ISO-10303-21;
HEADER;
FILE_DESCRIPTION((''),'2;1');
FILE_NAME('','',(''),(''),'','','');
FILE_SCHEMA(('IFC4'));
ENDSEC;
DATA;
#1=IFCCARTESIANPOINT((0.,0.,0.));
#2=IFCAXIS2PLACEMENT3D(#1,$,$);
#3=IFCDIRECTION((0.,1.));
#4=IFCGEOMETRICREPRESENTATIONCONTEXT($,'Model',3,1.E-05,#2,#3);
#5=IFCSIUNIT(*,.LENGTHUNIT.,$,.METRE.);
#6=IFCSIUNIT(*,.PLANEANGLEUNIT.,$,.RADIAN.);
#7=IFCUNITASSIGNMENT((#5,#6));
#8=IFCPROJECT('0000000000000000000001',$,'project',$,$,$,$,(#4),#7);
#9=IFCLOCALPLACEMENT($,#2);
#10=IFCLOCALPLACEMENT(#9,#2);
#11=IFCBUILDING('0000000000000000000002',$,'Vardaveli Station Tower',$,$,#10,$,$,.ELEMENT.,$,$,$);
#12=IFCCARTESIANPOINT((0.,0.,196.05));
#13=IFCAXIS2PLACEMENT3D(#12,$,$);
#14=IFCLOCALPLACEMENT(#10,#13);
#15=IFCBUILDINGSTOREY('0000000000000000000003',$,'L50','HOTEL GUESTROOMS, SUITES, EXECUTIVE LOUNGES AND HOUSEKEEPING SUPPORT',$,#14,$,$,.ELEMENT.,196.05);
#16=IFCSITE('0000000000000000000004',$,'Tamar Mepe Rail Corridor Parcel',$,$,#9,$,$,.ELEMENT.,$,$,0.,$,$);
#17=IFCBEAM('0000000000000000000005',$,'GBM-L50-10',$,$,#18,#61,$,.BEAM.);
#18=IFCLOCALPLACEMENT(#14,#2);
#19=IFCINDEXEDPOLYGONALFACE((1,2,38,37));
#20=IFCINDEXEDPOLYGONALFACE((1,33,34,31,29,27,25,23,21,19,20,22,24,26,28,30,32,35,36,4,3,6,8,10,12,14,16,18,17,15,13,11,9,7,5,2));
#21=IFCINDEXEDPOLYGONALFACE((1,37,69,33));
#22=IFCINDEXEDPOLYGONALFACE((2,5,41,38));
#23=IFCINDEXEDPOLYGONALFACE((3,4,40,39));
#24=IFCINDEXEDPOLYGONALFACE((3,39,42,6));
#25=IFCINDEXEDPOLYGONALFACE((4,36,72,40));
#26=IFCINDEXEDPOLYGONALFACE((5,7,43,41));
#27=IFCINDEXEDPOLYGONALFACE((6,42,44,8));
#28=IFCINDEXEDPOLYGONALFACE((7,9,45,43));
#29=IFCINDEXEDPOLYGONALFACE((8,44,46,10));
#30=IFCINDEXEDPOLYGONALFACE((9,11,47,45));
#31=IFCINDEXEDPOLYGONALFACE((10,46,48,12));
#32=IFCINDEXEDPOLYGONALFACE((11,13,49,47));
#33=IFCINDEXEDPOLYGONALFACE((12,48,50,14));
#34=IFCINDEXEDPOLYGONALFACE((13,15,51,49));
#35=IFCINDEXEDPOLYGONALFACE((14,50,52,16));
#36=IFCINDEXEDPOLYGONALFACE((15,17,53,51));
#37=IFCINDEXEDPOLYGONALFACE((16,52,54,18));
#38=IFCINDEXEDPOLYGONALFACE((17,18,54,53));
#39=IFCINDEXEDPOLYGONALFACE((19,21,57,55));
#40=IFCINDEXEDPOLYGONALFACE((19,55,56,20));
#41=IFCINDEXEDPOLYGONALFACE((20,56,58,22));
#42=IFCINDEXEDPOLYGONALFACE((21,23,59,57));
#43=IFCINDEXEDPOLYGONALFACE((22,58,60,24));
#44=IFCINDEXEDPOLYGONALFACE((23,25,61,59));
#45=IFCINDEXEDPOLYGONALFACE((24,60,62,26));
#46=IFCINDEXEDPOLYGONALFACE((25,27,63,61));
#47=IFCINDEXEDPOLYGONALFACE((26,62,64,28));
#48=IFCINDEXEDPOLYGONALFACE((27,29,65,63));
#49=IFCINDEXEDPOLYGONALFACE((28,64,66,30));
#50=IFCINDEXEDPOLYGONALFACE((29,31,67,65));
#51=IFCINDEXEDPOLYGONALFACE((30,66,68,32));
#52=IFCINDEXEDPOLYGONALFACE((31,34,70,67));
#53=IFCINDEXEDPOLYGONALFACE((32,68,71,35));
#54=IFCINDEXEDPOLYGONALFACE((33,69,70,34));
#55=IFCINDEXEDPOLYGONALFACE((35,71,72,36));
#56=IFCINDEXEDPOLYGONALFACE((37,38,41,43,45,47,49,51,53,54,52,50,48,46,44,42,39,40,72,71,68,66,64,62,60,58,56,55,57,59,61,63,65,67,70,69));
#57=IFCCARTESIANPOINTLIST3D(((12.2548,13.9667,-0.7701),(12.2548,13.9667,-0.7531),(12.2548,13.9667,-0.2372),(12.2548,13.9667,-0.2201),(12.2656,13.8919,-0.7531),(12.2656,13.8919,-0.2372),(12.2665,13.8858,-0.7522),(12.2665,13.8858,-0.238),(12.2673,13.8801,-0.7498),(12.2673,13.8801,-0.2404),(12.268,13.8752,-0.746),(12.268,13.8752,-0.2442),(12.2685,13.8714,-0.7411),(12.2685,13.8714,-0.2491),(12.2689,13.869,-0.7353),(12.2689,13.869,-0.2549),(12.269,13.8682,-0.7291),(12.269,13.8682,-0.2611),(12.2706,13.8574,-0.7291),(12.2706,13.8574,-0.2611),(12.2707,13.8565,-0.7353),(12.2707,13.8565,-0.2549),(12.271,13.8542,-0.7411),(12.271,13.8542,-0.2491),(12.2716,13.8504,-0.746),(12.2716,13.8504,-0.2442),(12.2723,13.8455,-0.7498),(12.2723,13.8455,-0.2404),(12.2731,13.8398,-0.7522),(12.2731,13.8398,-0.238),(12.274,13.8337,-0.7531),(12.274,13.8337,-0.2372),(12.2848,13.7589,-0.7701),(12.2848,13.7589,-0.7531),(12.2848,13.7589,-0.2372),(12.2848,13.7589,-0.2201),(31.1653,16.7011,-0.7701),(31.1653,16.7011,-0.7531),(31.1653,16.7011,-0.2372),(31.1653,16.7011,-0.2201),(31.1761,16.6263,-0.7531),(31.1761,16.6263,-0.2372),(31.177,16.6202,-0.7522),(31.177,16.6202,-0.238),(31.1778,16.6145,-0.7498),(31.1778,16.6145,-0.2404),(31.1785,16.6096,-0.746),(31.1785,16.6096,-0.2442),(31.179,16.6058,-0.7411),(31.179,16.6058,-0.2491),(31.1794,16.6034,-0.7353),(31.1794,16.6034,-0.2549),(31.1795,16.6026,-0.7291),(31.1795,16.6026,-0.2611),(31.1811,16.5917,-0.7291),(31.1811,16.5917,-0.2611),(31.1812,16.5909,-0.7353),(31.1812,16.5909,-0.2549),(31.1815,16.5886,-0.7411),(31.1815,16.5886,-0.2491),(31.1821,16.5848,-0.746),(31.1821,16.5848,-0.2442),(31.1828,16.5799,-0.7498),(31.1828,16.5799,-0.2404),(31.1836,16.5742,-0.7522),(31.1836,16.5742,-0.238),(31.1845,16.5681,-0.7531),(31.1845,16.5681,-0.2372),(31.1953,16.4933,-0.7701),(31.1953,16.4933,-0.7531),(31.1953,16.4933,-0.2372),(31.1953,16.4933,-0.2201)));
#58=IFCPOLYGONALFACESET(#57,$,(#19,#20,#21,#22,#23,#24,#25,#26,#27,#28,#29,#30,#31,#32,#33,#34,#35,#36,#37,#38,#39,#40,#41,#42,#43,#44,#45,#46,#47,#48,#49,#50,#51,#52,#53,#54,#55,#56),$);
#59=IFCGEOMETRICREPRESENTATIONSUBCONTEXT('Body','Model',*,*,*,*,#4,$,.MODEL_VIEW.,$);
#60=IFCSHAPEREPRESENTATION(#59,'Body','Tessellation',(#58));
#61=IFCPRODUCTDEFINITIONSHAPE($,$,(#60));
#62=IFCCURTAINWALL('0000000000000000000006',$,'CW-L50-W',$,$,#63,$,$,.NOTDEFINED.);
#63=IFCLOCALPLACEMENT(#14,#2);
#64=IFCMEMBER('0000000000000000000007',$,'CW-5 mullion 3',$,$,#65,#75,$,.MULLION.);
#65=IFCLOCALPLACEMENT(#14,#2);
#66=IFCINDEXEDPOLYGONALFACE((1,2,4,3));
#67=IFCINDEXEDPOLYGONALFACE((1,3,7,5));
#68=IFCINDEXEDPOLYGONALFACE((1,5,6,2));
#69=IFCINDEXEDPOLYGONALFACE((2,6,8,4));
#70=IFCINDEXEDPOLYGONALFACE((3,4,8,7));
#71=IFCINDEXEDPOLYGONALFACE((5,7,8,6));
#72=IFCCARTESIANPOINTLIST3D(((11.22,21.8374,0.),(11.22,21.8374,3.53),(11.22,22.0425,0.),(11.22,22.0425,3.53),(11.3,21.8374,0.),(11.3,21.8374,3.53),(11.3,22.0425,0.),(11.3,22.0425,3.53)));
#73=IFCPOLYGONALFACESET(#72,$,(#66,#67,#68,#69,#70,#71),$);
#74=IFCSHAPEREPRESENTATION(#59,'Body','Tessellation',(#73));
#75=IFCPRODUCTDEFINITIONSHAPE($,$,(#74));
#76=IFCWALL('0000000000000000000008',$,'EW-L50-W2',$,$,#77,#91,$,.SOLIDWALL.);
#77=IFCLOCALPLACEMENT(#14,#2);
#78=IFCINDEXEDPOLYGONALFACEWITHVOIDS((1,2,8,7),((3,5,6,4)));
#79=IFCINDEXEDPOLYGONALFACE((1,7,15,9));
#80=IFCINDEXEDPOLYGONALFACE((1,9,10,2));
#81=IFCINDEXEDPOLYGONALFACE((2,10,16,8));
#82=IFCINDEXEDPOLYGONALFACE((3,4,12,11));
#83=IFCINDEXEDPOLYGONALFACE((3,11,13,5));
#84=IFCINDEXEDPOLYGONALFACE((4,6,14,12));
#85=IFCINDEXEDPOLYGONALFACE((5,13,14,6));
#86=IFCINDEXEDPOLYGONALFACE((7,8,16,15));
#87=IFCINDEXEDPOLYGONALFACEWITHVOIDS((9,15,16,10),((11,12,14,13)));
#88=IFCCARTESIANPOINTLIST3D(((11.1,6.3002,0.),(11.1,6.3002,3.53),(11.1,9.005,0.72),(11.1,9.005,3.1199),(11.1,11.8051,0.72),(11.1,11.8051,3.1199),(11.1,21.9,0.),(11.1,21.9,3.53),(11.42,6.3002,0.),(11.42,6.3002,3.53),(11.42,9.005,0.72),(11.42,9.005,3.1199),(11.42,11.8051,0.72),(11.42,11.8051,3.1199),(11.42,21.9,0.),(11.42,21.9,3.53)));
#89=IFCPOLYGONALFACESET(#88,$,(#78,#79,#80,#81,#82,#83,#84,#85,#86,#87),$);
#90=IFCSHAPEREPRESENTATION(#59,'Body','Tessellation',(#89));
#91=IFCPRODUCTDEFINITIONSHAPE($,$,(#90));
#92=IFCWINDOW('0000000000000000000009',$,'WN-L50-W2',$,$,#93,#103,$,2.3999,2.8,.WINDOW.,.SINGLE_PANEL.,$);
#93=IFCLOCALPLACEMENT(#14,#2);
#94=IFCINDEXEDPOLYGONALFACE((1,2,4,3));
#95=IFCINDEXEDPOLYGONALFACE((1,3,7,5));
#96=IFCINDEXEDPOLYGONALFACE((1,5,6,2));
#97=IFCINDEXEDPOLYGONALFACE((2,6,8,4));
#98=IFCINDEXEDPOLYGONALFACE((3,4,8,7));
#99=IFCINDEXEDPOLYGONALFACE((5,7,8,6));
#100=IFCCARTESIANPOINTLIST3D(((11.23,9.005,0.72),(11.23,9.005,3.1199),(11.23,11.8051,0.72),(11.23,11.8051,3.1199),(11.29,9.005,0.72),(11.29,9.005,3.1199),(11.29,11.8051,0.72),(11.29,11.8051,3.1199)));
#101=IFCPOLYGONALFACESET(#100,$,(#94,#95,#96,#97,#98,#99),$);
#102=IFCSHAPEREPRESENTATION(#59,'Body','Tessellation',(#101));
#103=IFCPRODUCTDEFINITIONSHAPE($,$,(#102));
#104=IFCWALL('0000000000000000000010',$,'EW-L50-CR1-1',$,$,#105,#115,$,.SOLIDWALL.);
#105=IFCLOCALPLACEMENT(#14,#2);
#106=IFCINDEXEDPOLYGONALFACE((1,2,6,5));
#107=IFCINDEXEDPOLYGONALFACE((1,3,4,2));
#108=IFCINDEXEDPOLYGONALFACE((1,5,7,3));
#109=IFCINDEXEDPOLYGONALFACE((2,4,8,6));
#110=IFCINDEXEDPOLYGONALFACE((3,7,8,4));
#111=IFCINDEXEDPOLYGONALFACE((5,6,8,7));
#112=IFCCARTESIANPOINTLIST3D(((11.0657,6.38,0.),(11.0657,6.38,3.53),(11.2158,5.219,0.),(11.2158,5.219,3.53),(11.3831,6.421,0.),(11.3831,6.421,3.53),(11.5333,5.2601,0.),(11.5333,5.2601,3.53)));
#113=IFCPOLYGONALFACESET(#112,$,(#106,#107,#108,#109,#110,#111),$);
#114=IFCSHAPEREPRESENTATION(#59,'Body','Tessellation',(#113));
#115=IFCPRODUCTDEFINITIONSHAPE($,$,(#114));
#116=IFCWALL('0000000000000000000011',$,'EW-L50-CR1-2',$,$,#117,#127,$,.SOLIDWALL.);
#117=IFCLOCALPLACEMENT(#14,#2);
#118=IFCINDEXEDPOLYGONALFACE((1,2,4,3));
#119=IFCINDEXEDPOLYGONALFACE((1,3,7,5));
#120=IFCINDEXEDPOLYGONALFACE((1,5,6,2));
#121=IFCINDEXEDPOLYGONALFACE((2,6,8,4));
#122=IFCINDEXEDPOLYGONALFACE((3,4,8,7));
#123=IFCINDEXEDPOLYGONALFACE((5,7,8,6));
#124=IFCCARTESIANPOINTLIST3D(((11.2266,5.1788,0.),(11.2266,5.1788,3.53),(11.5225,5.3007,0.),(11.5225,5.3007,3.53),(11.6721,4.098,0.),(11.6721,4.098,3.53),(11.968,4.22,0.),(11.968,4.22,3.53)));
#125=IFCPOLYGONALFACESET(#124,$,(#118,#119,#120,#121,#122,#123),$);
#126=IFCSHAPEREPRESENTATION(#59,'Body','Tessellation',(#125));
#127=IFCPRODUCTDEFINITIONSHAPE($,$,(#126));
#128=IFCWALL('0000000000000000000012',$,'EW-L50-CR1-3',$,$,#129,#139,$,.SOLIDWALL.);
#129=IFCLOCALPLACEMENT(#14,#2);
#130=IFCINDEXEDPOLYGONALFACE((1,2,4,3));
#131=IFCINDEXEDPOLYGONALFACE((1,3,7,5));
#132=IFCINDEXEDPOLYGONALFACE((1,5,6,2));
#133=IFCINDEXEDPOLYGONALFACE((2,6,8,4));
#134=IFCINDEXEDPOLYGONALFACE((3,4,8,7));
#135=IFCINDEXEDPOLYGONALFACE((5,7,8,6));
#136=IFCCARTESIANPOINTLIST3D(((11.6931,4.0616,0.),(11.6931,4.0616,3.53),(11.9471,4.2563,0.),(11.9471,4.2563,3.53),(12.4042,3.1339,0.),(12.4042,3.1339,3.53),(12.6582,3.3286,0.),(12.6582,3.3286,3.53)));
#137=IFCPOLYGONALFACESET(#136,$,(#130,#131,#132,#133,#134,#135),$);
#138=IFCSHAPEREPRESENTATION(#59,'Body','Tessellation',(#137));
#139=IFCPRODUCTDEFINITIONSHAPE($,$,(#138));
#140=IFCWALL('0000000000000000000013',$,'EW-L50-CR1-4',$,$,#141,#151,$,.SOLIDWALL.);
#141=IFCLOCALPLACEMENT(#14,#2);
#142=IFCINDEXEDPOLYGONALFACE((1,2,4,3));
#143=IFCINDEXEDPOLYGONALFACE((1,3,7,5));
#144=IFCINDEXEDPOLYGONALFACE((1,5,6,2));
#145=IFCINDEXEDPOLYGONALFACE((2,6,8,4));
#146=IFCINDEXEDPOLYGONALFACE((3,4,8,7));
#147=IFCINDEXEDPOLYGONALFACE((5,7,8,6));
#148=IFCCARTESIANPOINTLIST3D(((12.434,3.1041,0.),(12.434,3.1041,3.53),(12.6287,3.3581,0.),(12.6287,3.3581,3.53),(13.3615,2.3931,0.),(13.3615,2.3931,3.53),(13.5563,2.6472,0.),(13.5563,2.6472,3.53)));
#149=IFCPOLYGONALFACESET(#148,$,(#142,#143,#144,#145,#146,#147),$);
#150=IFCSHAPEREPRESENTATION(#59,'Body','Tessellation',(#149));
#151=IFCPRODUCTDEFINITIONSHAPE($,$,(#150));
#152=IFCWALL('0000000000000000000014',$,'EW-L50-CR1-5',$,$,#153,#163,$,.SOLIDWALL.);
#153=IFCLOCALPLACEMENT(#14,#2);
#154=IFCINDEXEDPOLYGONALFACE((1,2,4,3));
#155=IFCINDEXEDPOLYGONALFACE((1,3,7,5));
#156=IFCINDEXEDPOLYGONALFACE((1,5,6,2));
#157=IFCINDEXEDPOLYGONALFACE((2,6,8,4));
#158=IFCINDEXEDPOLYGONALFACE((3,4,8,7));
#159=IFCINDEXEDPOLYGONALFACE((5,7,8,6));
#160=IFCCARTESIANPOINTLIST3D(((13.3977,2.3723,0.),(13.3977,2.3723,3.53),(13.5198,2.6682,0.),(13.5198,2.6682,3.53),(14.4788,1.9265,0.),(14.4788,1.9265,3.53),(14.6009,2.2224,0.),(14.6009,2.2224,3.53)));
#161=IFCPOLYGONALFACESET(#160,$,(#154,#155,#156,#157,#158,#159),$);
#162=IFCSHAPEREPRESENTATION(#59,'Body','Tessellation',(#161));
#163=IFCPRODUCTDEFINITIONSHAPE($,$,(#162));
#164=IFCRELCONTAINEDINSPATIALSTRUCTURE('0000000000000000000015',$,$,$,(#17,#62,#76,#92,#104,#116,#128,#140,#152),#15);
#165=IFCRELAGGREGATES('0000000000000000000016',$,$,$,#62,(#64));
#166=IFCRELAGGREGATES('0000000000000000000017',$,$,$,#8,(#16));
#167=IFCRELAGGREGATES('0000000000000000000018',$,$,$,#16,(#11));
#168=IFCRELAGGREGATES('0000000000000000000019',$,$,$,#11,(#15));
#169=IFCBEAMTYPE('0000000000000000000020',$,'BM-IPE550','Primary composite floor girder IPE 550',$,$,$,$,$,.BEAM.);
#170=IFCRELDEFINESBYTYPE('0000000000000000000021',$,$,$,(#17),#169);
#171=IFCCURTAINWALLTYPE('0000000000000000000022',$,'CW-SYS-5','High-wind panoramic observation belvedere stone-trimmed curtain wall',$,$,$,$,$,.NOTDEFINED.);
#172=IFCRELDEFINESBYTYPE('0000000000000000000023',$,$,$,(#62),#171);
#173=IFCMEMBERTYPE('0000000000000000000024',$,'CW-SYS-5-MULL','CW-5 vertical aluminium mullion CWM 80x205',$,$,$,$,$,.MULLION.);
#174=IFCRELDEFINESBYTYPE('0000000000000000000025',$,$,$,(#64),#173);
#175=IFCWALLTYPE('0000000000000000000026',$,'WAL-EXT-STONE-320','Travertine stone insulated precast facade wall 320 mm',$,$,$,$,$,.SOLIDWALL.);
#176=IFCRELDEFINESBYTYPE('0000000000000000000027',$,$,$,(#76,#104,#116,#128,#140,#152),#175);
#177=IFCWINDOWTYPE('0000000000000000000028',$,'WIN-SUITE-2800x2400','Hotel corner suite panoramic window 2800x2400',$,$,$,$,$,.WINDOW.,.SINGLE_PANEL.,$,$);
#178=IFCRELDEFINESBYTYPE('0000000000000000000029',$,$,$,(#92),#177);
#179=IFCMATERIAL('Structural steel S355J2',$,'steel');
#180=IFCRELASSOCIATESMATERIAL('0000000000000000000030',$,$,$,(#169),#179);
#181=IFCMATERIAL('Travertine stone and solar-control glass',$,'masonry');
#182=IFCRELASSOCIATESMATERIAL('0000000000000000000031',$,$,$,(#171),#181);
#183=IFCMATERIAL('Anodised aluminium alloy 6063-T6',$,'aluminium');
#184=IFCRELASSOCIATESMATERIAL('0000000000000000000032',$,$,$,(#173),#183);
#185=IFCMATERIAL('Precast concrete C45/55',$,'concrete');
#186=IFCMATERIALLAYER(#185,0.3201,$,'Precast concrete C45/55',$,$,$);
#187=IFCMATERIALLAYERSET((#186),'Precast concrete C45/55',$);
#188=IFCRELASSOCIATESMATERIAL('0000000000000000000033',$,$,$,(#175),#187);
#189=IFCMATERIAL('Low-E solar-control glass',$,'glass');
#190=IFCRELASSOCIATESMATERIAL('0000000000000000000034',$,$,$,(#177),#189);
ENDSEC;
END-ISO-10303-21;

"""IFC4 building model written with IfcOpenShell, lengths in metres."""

from ifc_helpers import new_model, si_unit, direction, frame, frame_2d, origin, origin_2d, place, context, subcontext, project, spatial, rectangle, i_section, extrude, source, transform, mapped, material, layer, layer_set, material_profile, profile_set, type_object, element, fill, aggregate, save


model = new_model("IFC4")

# Units and contexts
model_context = context("Model", 3, precision=1e-05, world=origin(), true_north=direction((0.0, 1.0)))
body_context = subcontext(model_context, "Body", "Model", "MODEL_VIEW")
ifc_project = project(units=[si_unit("LENGTHUNIT", "METRE"), si_unit("PLANEANGLEUNIT", "RADIAN")], contexts=[model_context])

# Site, building, storey
site_placement = place(None, origin())
site = spatial("IfcSite", under=ifc_project, at=site_placement, Name="Tamar Mepe Rail Corridor Parcel", CompositionType="ELEMENT", RefElevation=0.0)
building_placement = place(site_placement, origin())
building = spatial("IfcBuilding", under=site, at=building_placement, Name="Vardaveli Station Tower", CompositionType="ELEMENT")
storey_placement = place(building_placement, frame((0.0, 0.0, 196.05)))
storey = spatial("IfcBuildingStorey", under=building, at=storey_placement, Name="L50", Description="HOTEL GUESTROOMS, SUITES, EXECUTIVE LOUNGES AND HOUSEKEEPING SUPPORT", CompositionType="ELEMENT", Elevation=196.05)

# Beam
ifc_material_1 = material(Name="Precast concrete C45/55", Category="concrete")
ifc_material_2 = material(Name="Structural steel S355J2", Category="steel")
ifc_material_profile_1 = material_profile(ifc_material_2, i_section(OverallWidth=0.21, OverallDepth=0.55, WebThickness=0.011, FlangeThickness=0.0171, FilletRadius=0.0239, at=origin_2d()), Name="IPE 550")
ifc_profile_set_1 = profile_set([ifc_material_profile_1], Name="Structural steel S355J2")
beam_type_1 = type_object("IfcBeamType", Name="BM-IPE550", Description="Primary composite floor girder IPE 550", PredefinedType="BEAM", material=ifc_profile_set_1)
shared_shape_1 = source(origin(), body_context, "Body", "SweptSolid", [
    extrude(i_section(OverallWidth=0.21, OverallDepth=0.55, WebThickness=0.011, FlangeThickness=0.0171, FilletRadius=0.0239, at=origin_2d()), origin(), (0.0, 0.0, 1.0), 19.1072),
])
beam_1_placement = place(storey_placement, frame((12.2698, 13.8628, -0.4951), z_axis=(0.989707, 0.143108, 0.0), x_axis=(-0.143108, 0.989707, 0.0)))
element("IfcBeam", 1, at=beam_1_placement, inside=storey, type_object=beam_type_1, Name="GBM-L50-10", PredefinedType="BEAM", context=body_context, shape_type="MappedRepresentation", body=[
    mapped(shared_shape_1, transform((0.0, 0.0, 0.0), scale=1.0)),
])

# Curtain wall, member
ifc_material_3 = material(Name="Travertine stone and solar-control glass", Category="masonry")
curtain_wall_type = type_object("IfcCurtainWallType", Name="CW-SYS-5", Description="High-wind panoramic observation belvedere stone-trimmed curtain wall", PredefinedType="NOTDEFINED", material=ifc_material_3)
curtain_wall_placement = place(storey_placement, origin())
curtain_wall = element("IfcCurtainWall", 2, at=curtain_wall_placement, inside=storey, type_object=curtain_wall_type, Name="CW-L50-W", PredefinedType="NOTDEFINED")
ifc_material_4 = material(Name="Anodised aluminium alloy 6063-T6", Category="aluminium")
ifc_material_profile_2 = material_profile(ifc_material_4, rectangle(XDim=0.0801, YDim=0.2051, at=origin_2d()), Name="CWM 80x205")
ifc_profile_set_2 = profile_set([ifc_material_profile_2], Name="Anodised aluminium alloy 6063-T6")
member_type = type_object("IfcMemberType", Name="CW-SYS-5-MULL", Description="CW-5 vertical aluminium mullion CWM 80x205", PredefinedType="MULLION", material=ifc_profile_set_2)
shared_shape_2 = source(origin(), body_context, "Body", "SweptSolid", [
    extrude(rectangle(XDim=0.0801, YDim=0.2051, at=origin_2d()), origin(), (0.0, 0.0, 1.0), 3.53),
])
member_placement = place(storey_placement, frame((11.26, 21.9399, 0.0), z_axis=(0.0, 0.0, 1.0), x_axis=(1.0, 0.0, 0.0)))
member = element("IfcMember", 3, at=member_placement, type_object=member_type, Name="CW-5 mullion 3", PredefinedType="MULLION", context=body_context, shape_type="MappedRepresentation", body=[
    mapped(shared_shape_2, transform((0.0, 0.0, 0.0), scale=1.0)),
])
aggregate(curtain_wall, [member])

# Wall, opening, window
ifc_layer_1 = layer(ifc_material_1, 0.3201, Name="Precast concrete C45/55")
ifc_layer_set_1 = layer_set([ifc_layer_1], Name="Precast concrete C45/55")
wall_type_1 = type_object("IfcWallType", Name="WAL-EXT-STONE-320", Description="Travertine stone insulated precast facade wall 320 mm", PredefinedType="SOLIDWALL", material=ifc_layer_set_1)
shared_shape_3 = source(origin(), body_context, "Body", "SweptSolid", [
    extrude(rectangle(XDim=15.5999, YDim=0.3201, at=frame_2d((7.7998, 0.0))), origin(), (0.0, 0.0, 1.0), 3.53),
])
wall_1_placement = place(storey_placement, frame((11.26, 21.8999, 0.0), z_axis=(0.0, 0.0, 1.0), x_axis=(0.0, -1.0, 0.0)))
wall_1 = element("IfcWall", 4, at=wall_1_placement, inside=storey, type_object=wall_type_1, Name="EW-L50-W2", PredefinedType="SOLIDWALL", context=body_context, shape_type="MappedRepresentation", body=[
    mapped(shared_shape_3, transform((0.0, 0.0, 0.0), scale=1.0)),
])
shared_shape_4 = source(origin(), body_context, "Body", "SweptSolid", [
    extrude(rectangle(XDim=2.8, YDim=2.3999, at=frame_2d((1.3999, 1.2))), frame((0.0, 0.1699, 0.0), z_axis=(0.0, -1.0, 0.0), x_axis=(1.0, 0.0, 0.0)), (0.0, 0.0, 1.0), 0.3401),
])
opening_1_placement = place(wall_1_placement, frame((10.095, 0.0, 0.72)))
opening_1 = element("IfcOpeningElement", 5, at=opening_1_placement, cuts=wall_1, PredefinedType="OPENING", context=body_context, shape_type="MappedRepresentation", body=[
    mapped(shared_shape_4, transform((0.0, 0.0, 0.0), scale=1.0)),
])
ifc_material_5 = material(Name="Low-E solar-control glass", Category="glass")
window_type = type_object("IfcWindowType", Name="WIN-SUITE-2800x2400", Description="Hotel corner suite panoramic window 2800x2400", PartitioningType="SINGLE_PANEL", PredefinedType="WINDOW", material=ifc_material_5)
shared_shape_5 = source(origin(), body_context, "Body", "SweptSolid", [
    extrude(rectangle(XDim=2.8, YDim=2.3999, at=frame_2d((1.3999, 1.2))), frame((0.0, 0.03, 0.0), z_axis=(0.0, -1.0, 0.0), x_axis=(1.0, 0.0, 0.0)), (0.0, 0.0, 1.0), 0.0601),
])
window_placement = place(opening_1_placement, origin())
window = element("IfcWindow", 6, at=window_placement, inside=storey, type_object=window_type, Name="WN-L50-W2", OverallHeight=2.3999, OverallWidth=2.8, PartitioningType="SINGLE_PANEL", PredefinedType="WINDOW", context=body_context, shape_type="MappedRepresentation", body=[
    mapped(shared_shape_5, transform((0.0, 0.0, 0.0), scale=1.0)),
])
fill(opening_1, window)

# Walls
shared_shape_6 = source(origin(), body_context, "Body", "SweptSolid", [
    extrude(rectangle(XDim=1.1707, YDim=0.3201, at=frame_2d((0.5854, 0.0))), origin(), (0.0, 0.0, 1.0), 3.53),
])
wall_2_placement = place(storey_placement, frame((11.2244, 6.4006, 0.0), z_axis=(0.0, 0.0, 1.0), x_axis=(0.128269, -0.991739, 0.0)))
element("IfcWall", 7, at=wall_2_placement, inside=storey, type_object=wall_type_1, Name="EW-L50-CR1-1", PredefinedType="SOLIDWALL", context=body_context, shape_type="MappedRepresentation", body=[
    mapped(shared_shape_6, transform((0.0, 0.0, 0.0), scale=1.0)),
])
shared_shape_7 = source(origin(), body_context, "Body", "SweptSolid", [
    extrude(rectangle(XDim=1.1689, YDim=0.3201, at=frame_2d((0.5845, 0.0))), origin(), (0.0, 0.0, 1.0), 3.53),
])
for number, where, z_axis, x_axis, name in (
    (8, (11.3745, 5.2397, 0.0), (0.0, 0.0, 1.0), (0.381128, -0.924522, 0.0), "EW-L50-CR1-2"),
    (9, (11.8201, 4.1589, 0.0), (0.0, 0.0, 1.0), (0.608388, -0.79364, 0.0), "EW-L50-CR1-3"),
):
    element("IfcWall", number, at=place(storey_placement, frame(where, z_axis=z_axis, x_axis=x_axis)), inside=storey, type_object=wall_type_1, Name=name, PredefinedType="SOLIDWALL", context=body_context, shape_type="MappedRepresentation", body=[
        mapped(shared_shape_7, transform((0.0, 0.0, 0.0), scale=1.0)),
    ])
shared_shape_8 = source(origin(), body_context, "Body", "SweptSolid", [
    extrude(rectangle(XDim=1.1687, YDim=0.3201, at=frame_2d((0.5845, 0.0))), origin(), (0.0, 0.0, 1.0), 3.53),
])
wall_3_placement = place(storey_placement, frame((12.5312, 3.2312, 0.0), z_axis=(0.0, 0.0, 1.0), x_axis=(0.793664, -0.608357, 0.0)))
element("IfcWall", 10, at=wall_3_placement, inside=storey, type_object=wall_type_1, Name="EW-L50-CR1-4", PredefinedType="SOLIDWALL", context=body_context, shape_type="MappedRepresentation", body=[
    mapped(shared_shape_8, transform((0.0, 0.0, 0.0), scale=1.0)),
])
shared_shape_9 = source(origin(), body_context, "Body", "SweptSolid", [
    extrude(rectangle(XDim=1.1694, YDim=0.3201, at=frame_2d((0.5847, 0.0))), origin(), (0.0, 0.0, 1.0), 3.53),
])
wall_4_placement = place(storey_placement, frame((13.4587, 2.5203, 0.0), z_axis=(0.0, 0.0, 1.0), x_axis=(0.924479, -0.381233, 0.0)))
element("IfcWall", 11, at=wall_4_placement, inside=storey, type_object=wall_type_1, Name="EW-L50-CR1-5", PredefinedType="SOLIDWALL", context=body_context, shape_type="MappedRepresentation", body=[
    mapped(shared_shape_9, transform((0.0, 0.0, 0.0), scale=1.0)),
])

save(model, "model.ifc")
